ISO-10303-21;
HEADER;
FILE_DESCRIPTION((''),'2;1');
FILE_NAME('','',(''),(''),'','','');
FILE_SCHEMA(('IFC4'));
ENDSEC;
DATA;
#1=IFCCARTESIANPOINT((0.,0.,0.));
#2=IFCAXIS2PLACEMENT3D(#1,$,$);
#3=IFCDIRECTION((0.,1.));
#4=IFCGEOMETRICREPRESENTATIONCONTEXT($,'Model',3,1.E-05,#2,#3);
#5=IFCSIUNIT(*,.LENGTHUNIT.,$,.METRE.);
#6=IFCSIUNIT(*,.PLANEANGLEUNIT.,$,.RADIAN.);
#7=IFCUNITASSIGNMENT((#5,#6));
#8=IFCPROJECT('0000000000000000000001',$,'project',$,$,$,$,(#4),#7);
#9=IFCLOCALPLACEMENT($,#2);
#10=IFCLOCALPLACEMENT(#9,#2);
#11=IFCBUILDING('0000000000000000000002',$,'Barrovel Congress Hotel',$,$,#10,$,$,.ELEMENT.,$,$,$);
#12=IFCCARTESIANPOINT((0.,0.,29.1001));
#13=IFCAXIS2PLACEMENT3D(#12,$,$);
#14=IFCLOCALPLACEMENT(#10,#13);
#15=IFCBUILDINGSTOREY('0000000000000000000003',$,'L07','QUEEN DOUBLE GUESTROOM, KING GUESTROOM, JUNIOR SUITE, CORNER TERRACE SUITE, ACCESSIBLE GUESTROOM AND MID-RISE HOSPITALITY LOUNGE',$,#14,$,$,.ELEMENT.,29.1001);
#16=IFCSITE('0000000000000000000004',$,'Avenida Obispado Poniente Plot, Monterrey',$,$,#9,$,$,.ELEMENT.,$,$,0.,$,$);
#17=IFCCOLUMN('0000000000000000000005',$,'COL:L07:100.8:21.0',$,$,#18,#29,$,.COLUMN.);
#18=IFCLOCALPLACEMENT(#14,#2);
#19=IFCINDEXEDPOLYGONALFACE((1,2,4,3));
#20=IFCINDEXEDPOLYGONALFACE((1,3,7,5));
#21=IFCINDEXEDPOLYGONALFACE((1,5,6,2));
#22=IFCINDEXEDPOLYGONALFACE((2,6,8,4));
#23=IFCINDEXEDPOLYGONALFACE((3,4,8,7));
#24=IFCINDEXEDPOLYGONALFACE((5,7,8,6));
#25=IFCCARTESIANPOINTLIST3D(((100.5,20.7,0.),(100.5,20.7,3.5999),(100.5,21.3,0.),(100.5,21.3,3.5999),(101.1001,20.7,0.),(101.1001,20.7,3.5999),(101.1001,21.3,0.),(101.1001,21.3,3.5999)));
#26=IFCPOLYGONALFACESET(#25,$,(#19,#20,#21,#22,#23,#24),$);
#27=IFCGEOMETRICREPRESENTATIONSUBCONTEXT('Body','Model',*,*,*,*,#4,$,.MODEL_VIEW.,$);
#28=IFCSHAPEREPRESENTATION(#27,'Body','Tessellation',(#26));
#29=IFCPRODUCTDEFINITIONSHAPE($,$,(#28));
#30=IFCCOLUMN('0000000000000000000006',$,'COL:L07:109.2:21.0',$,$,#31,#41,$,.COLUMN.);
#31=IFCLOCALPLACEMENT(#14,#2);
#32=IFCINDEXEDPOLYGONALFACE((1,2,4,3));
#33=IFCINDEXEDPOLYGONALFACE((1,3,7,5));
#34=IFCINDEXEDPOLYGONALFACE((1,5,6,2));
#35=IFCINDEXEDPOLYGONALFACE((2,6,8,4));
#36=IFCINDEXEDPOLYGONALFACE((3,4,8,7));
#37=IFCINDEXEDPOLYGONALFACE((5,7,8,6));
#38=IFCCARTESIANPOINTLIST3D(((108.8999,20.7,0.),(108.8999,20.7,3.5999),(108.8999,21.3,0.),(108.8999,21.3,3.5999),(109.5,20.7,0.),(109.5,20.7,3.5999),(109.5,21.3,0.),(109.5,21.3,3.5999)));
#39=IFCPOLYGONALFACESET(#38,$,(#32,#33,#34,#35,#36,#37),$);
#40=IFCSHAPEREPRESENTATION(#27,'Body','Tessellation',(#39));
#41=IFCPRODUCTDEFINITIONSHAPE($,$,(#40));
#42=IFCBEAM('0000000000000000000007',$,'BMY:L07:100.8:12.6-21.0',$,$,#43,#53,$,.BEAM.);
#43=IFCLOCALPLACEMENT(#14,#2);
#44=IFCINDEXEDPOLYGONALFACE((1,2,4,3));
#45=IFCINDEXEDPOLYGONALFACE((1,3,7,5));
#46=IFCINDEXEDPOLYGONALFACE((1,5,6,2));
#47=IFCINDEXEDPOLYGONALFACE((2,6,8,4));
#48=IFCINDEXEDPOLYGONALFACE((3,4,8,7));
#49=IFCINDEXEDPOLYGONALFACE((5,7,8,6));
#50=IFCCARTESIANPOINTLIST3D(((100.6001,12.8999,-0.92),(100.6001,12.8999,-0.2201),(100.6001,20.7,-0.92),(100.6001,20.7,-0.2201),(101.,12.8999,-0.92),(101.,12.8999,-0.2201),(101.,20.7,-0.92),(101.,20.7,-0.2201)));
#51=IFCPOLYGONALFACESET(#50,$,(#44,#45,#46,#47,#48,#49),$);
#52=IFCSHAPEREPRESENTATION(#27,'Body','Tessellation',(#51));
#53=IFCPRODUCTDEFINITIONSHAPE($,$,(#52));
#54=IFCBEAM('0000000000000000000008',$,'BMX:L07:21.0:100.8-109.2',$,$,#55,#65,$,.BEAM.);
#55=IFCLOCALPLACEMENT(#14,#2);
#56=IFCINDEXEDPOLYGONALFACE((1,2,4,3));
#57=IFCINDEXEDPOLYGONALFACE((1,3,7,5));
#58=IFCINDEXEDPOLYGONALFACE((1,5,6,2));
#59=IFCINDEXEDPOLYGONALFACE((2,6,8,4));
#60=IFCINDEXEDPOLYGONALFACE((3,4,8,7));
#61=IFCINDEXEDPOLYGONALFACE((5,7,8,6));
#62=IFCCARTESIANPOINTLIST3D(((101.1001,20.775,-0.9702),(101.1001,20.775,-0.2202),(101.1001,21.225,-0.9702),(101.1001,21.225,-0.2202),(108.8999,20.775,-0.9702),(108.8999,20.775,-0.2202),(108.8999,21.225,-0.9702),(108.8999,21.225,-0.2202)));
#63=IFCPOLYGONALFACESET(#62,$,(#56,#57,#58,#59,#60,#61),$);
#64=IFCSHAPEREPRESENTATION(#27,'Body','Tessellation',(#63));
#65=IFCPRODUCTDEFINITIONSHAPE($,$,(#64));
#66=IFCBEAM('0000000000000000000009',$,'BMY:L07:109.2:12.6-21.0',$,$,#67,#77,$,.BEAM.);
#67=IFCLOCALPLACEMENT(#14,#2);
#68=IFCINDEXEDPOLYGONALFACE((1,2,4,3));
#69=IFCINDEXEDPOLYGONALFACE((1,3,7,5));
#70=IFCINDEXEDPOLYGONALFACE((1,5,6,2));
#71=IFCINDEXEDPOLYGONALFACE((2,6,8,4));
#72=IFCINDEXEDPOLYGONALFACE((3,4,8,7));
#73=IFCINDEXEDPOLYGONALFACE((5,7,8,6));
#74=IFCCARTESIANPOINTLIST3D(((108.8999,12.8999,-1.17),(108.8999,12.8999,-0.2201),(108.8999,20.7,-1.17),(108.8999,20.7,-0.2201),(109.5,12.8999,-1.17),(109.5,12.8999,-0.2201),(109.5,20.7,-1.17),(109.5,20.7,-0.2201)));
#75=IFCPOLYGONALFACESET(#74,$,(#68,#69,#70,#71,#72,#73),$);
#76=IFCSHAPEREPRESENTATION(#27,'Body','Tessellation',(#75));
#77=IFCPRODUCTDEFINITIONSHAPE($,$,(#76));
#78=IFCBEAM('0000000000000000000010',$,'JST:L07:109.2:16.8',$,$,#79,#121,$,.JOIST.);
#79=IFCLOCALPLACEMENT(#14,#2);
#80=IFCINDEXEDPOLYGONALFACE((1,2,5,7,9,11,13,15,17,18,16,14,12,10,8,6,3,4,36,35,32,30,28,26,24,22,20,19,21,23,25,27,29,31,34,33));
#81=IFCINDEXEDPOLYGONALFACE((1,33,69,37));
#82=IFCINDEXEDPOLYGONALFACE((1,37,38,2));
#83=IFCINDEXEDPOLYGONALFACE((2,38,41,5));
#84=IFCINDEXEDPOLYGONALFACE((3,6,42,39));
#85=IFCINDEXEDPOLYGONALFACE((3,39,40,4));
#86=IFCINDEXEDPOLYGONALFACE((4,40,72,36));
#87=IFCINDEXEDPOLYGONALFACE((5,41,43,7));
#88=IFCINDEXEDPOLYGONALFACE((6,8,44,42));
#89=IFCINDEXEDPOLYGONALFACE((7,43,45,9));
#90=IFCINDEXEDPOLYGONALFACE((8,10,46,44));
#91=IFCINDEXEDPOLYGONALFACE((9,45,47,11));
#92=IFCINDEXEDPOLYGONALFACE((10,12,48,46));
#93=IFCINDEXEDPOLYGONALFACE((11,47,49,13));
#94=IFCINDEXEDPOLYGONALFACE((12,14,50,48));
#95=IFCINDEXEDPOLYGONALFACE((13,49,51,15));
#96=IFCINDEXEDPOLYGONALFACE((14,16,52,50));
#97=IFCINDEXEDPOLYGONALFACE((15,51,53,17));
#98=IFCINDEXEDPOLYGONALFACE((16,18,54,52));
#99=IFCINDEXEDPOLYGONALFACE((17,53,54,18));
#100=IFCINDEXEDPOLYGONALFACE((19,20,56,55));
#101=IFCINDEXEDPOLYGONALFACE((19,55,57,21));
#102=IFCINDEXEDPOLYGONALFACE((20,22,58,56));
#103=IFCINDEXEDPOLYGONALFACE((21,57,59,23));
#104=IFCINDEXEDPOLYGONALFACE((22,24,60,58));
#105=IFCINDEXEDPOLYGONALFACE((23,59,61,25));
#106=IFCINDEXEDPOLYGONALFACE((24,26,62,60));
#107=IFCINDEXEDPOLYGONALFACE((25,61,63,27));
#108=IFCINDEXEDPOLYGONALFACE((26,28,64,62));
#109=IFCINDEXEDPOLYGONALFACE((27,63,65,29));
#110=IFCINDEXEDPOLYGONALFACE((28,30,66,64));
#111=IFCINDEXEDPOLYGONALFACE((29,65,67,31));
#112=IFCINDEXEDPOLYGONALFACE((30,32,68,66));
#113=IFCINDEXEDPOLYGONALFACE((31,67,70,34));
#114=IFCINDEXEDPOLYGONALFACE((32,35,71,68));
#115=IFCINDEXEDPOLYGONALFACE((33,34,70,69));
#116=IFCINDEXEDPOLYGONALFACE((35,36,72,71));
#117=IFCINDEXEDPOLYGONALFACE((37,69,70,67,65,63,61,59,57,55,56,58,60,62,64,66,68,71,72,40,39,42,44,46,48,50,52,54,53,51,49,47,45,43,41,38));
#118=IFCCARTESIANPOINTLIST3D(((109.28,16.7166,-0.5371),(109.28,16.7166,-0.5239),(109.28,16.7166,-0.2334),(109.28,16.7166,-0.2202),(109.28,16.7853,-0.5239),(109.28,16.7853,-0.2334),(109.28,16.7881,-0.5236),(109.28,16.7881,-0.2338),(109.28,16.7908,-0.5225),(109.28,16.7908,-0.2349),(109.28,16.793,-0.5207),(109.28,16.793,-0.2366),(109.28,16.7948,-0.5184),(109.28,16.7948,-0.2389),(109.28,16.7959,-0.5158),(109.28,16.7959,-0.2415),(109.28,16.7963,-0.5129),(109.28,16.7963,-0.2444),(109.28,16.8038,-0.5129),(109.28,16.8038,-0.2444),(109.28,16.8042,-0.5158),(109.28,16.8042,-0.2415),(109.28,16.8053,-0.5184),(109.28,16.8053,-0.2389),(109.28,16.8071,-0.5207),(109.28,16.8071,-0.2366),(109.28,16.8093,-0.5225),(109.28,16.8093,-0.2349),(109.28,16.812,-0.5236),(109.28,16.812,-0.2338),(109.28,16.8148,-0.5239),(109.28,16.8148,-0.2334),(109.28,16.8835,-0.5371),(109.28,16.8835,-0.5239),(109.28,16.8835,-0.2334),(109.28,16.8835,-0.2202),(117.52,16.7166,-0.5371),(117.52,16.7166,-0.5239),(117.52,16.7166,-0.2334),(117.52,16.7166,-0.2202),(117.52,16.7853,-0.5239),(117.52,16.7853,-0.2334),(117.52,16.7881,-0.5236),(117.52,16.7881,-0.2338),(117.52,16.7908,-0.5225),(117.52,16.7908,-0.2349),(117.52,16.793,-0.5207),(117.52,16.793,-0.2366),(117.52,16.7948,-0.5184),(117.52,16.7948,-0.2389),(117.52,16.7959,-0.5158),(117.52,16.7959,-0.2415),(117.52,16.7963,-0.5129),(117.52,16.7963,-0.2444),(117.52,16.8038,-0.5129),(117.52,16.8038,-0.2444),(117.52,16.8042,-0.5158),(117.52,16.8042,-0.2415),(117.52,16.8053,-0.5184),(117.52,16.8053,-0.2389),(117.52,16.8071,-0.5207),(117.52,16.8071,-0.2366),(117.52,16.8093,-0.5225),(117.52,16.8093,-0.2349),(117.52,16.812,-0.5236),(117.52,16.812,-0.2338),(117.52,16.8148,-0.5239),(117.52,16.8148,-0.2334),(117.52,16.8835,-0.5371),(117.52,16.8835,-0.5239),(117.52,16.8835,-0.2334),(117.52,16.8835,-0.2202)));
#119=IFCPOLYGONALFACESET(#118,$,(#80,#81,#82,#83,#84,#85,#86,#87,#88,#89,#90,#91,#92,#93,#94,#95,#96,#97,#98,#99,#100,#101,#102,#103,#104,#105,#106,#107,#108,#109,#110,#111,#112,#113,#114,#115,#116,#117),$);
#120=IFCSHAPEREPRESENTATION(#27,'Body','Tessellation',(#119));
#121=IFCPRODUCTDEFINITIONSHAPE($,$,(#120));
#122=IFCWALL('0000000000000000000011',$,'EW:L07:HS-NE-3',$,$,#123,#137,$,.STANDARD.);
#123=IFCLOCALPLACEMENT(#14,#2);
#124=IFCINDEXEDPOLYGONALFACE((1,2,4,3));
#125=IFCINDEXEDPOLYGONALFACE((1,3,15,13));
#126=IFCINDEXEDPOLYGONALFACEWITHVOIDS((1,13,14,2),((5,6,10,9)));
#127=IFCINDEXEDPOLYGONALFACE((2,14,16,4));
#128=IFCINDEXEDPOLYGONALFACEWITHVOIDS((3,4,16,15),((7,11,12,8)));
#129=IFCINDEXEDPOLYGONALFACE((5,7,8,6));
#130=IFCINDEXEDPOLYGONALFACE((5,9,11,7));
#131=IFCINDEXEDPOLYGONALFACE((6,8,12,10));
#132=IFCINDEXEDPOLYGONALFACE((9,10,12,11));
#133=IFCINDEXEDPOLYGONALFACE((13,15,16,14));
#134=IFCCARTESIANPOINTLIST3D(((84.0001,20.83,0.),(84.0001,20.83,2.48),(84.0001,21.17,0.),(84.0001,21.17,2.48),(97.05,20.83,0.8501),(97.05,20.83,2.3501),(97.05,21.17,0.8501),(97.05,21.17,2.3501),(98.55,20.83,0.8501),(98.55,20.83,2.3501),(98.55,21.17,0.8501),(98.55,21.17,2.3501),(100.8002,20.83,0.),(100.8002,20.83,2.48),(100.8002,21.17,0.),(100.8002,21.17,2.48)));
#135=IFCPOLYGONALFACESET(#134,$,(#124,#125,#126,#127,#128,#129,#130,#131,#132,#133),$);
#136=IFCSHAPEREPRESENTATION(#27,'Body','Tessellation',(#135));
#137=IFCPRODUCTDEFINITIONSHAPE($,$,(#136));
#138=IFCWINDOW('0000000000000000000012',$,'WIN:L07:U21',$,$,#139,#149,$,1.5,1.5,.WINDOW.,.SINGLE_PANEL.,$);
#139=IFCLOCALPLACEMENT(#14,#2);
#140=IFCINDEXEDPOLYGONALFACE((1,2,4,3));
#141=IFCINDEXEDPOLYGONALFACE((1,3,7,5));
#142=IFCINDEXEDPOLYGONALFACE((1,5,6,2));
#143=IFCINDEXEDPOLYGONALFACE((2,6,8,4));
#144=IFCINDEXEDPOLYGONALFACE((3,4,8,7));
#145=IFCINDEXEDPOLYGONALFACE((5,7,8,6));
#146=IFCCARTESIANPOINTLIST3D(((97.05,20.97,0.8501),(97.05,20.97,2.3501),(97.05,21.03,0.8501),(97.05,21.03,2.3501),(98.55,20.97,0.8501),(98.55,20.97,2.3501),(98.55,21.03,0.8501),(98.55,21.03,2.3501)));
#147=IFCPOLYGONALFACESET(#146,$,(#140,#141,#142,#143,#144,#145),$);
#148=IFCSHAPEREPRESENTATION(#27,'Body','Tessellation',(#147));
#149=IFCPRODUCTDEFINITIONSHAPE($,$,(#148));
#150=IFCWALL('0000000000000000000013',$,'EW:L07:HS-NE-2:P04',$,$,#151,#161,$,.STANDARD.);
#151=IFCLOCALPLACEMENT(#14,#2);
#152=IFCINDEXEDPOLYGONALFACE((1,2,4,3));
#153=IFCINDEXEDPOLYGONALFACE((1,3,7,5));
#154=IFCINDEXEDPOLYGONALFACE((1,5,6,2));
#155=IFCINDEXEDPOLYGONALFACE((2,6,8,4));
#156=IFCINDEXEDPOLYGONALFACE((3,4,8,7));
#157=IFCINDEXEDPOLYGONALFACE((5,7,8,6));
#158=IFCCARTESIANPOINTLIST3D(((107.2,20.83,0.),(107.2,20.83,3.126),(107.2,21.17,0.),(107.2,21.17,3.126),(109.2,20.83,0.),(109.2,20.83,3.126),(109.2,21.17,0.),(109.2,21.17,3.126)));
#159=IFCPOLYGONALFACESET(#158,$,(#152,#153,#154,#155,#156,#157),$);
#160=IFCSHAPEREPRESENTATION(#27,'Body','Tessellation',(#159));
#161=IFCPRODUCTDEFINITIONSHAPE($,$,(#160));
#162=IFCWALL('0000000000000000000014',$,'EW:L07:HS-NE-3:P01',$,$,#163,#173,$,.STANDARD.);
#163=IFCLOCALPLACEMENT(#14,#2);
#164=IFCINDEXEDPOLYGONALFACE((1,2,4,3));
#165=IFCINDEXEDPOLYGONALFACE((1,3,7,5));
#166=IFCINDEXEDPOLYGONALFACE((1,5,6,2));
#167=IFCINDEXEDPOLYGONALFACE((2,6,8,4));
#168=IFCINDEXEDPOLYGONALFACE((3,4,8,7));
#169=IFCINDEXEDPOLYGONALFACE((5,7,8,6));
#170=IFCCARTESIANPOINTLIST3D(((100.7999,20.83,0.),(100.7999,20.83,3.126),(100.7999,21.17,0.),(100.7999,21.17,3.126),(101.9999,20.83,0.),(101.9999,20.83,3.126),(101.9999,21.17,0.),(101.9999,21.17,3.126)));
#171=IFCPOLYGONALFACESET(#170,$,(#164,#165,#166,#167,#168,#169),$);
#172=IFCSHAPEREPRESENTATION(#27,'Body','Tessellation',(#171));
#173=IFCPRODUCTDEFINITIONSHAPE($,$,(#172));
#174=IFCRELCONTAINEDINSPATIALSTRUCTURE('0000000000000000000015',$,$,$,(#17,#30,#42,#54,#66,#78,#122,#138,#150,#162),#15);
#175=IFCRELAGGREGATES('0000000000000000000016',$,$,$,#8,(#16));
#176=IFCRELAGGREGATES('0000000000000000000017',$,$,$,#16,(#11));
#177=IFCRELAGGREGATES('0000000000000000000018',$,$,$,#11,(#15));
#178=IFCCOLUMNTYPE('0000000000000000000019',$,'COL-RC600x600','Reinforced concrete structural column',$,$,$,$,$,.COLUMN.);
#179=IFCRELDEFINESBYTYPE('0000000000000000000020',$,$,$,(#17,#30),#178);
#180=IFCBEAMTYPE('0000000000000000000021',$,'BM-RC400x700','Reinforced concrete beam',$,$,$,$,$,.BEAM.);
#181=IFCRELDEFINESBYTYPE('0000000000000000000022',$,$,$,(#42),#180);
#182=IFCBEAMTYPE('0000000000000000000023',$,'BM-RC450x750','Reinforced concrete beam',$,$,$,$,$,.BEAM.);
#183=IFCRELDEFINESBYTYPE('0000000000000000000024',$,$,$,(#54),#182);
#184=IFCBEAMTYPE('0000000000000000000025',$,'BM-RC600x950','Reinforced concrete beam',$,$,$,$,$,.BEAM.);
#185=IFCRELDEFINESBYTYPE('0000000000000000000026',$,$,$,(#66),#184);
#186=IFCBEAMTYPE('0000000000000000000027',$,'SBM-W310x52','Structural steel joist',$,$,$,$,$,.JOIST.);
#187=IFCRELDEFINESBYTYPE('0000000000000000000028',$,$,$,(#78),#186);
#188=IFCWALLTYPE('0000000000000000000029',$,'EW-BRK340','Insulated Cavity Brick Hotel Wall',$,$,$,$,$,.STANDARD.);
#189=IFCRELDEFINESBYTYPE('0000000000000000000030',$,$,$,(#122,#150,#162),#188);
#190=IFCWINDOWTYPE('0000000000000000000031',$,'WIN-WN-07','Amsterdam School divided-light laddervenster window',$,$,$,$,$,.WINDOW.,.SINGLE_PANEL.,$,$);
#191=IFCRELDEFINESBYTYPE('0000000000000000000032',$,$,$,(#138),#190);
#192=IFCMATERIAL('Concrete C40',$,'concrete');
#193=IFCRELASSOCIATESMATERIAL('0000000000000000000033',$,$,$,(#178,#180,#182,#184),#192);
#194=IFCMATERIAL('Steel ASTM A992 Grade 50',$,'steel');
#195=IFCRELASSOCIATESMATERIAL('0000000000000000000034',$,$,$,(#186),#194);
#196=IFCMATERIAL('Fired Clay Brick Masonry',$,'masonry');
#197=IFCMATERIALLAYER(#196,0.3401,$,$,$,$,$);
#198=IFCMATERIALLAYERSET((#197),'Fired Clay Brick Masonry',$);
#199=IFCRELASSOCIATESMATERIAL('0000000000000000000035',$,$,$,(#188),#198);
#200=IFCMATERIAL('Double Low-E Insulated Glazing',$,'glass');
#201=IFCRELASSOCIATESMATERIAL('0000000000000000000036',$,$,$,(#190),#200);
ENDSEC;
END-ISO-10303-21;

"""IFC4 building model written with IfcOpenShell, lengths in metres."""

from ifc_helpers import new_model, si_unit, direction, frame, frame_2d, origin, origin_2d, place, context, subcontext, project, spatial, rectangle, i_section, extrude, material, layer, layer_set, material_profile, profile_set, type_object, element, fill, save


model = new_model("IFC4")

# Units and contexts
model_context = context("Model", 3, precision=1e-05, world=origin(), true_north=direction((0.0, 1.0)))
body_context = subcontext(model_context, "Body", "Model", "MODEL_VIEW")
ifc_project = project(units=[si_unit("LENGTHUNIT", "METRE"), si_unit("PLANEANGLEUNIT", "RADIAN")], contexts=[model_context])

# Site, building, storey
site_placement = place(None, origin())
site = spatial("IfcSite", under=ifc_project, at=site_placement, Name="Avenida Obispado Poniente Plot, Monterrey", CompositionType="ELEMENT", RefElevation=0.0)
building_placement = place(site_placement, origin())
building = spatial("IfcBuilding", under=site, at=building_placement, Name="Barrovel Congress Hotel", CompositionType="ELEMENT")
storey_placement = place(building_placement, frame((0.0, 0.0, 29.1001)))
storey = spatial("IfcBuildingStorey", under=building, at=storey_placement, Name="L07", Description="QUEEN DOUBLE GUESTROOM, KING GUESTROOM, JUNIOR SUITE, CORNER TERRACE SUITE, ACCESSIBLE GUESTROOM AND MID-RISE HOSPITALITY LOUNGE", CompositionType="ELEMENT", Elevation=29.1001)

# Columns
ifc_material_1 = material(Name="Concrete C40", Category="concrete")
ifc_material_profile_1 = material_profile(ifc_material_1, rectangle(XDim=0.6001, YDim=0.6001, at=origin_2d()), Name="RC600x600")
ifc_profile_set_1 = profile_set([ifc_material_profile_1], Name="Concrete C40")
column_type = type_object("IfcColumnType", Name="COL-RC600x600", Description="Reinforced concrete structural column", PredefinedType="COLUMN", material=ifc_profile_set_1)
for number, where, z_axis, x_axis, name in (
    (1, (100.8, 21.0, 0.0), (0.0, 0.0, 1.0), (1.0, 0.0, 0.0), "COL:L07:100.8:21.0"),
    (2, (109.2, 21.0, 0.0), (0.0, 0.0, 1.0), (1.0, 0.0, 0.0), "COL:L07:109.2:21.0"),
):
    element("IfcColumn", number, at=place(storey_placement, frame(where, z_axis=z_axis, x_axis=x_axis)), inside=storey, type_object=column_type, Name=name, PredefinedType="COLUMN", context=body_context, shape_type="SweptSolid", body=[
        extrude(rectangle(XDim=0.6001, YDim=0.6001, at=origin_2d()), origin(), (0.0, 0.0, 1.0), 3.5999),
    ])

# Beams
ifc_material_profile_2 = material_profile(ifc_material_1, rectangle(XDim=0.3999, YDim=0.7, at=origin_2d()), Name="RC400x700")
ifc_profile_set_2 = profile_set([ifc_material_profile_2], Name="Concrete C40")
beam_type_1 = type_object("IfcBeamType", Name="BM-RC400x700", Description="Reinforced concrete beam", PredefinedType="BEAM", material=ifc_profile_set_2)
beam_1_placement = place(storey_placement, frame((100.8, 12.8999, -0.5701), z_axis=(0.0, 1.0, 0.0), x_axis=(-1.0, 0.0, 0.0)))
element("IfcBeam", 3, at=beam_1_placement, inside=storey, type_object=beam_type_1, Name="BMY:L07:100.8:12.6-21.0", PredefinedType="BEAM", context=body_context, shape_type="SweptSolid", body=[
    extrude(rectangle(XDim=0.3999, YDim=0.7, at=origin_2d()), origin(), (0.0, 0.0, 1.0), 7.8),
])
ifc_material_profile_3 = material_profile(ifc_material_1, rectangle(XDim=0.45, YDim=0.75, at=origin_2d()), Name="RC450x750")
ifc_profile_set_3 = profile_set([ifc_material_profile_3], Name="Concrete C40")
beam_type_2 = type_object("IfcBeamType", Name="BM-RC450x750", Description="Reinforced concrete beam", PredefinedType="BEAM", material=ifc_profile_set_3)
beam_2_placement = place(storey_placement, frame((101.1001, 21.0, -0.5952), z_axis=(1.0, 0.0, 0.0), x_axis=(0.0, 1.0, 0.0)))
element("IfcBeam", 4, at=beam_2_placement, inside=storey, type_object=beam_type_2, Name="BMX:L07:21.0:100.8-109.2", PredefinedType="BEAM", context=body_context, shape_type="SweptSolid", body=[
    extrude(rectangle(XDim=0.45, YDim=0.75, at=origin_2d()), origin(), (0.0, 0.0, 1.0), 7.7998),
])
ifc_material_profile_4 = material_profile(ifc_material_1, rectangle(XDim=0.6001, YDim=0.95, at=origin_2d()), Name="RC600x950")
ifc_profile_set_4 = profile_set([ifc_material_profile_4], Name="Concrete C40")
beam_type_3 = type_object("IfcBeamType", Name="BM-RC600x950", Description="Reinforced concrete beam", PredefinedType="BEAM", material=ifc_profile_set_4)
beam_3_placement = place(storey_placement, frame((109.2, 12.8999, -0.6951), z_axis=(0.0, 1.0, 0.0), x_axis=(-1.0, 0.0, 0.0)))
element("IfcBeam", 5, at=beam_3_placement, inside=storey, type_object=beam_type_3, Name="BMY:L07:109.2:12.6-21.0", PredefinedType="BEAM", context=body_context, shape_type="SweptSolid", body=[
    extrude(rectangle(XDim=0.6001, YDim=0.95, at=origin_2d()), origin(), (0.0, 0.0, 1.0), 7.8),
])
ifc_material_2 = material(Name="Steel ASTM A992 Grade 50", Category="steel")
ifc_material_profile_5 = material_profile(ifc_material_2, i_section(OverallWidth=0.167, OverallDepth=0.3169, WebThickness=0.0076, FlangeThickness=0.0132, FilletRadius=0.011, at=origin_2d()), Name="W310x52")
ifc_profile_set_5 = profile_set([ifc_material_profile_5], Name="Steel ASTM A992 Grade 50")
beam_type_4 = type_object("IfcBeamType", Name="SBM-W310x52", Description="Structural steel joist", PredefinedType="JOIST", material=ifc_profile_set_5)
beam_4_placement = place(storey_placement, frame((109.28, 16.8, -0.3787), z_axis=(1.0, 0.0, 0.0), x_axis=(0.0, 1.0, 0.0)))
element("IfcBeam", 6, at=beam_4_placement, inside=storey, type_object=beam_type_4, Name="JST:L07:109.2:16.8", PredefinedType="JOIST", context=body_context, shape_type="SweptSolid", body=[
    extrude(i_section(OverallWidth=0.167, OverallDepth=0.3169, WebThickness=0.0076, FlangeThickness=0.0132, FilletRadius=0.011, at=origin_2d()), origin(), (0.0, 0.0, 1.0), 8.24),
])

# Wall, opening, window
ifc_material_3 = material(Name="Fired Clay Brick Masonry", Category="masonry")
ifc_layer_1 = layer(ifc_material_3, 0.3401)
ifc_layer_set_1 = layer_set([ifc_layer_1], Name="Fired Clay Brick Masonry")
wall_type_1 = type_object("IfcWallType", Name="EW-BRK340", Description="Insulated Cavity Brick Hotel Wall", PredefinedType="STANDARD", material=ifc_layer_set_1)
wall_1_placement = place(storey_placement, frame((100.8, 21.0, 0.0), z_axis=(0.0, 0.0, 1.0), x_axis=(-1.0, 0.0, 0.0)))
wall_1 = element("IfcWall", 7, at=wall_1_placement, inside=storey, type_object=wall_type_1, Name="EW:L07:HS-NE-3", PredefinedType="STANDARD", context=body_context, shape_type="SweptSolid", body=[
    extrude(rectangle(XDim=16.8, YDim=0.3401, at=frame_2d((8.3999, 0.0))), origin(), (0.0, 0.0, 1.0), 2.48),
])
opening_1_placement = place(wall_1_placement, frame((2.25, 0.0, 0.8501)))
opening_1 = element("IfcOpeningElement", 8, at=opening_1_placement, cuts=wall_1, PredefinedType="OPENING", context=body_context, shape_type="SweptSolid", body=[
    extrude(rectangle(XDim=1.5, YDim=1.5, at=frame_2d((0.75, 0.75))), frame((0.0, 0.1802, 0.0), z_axis=(0.0, -1.0, 0.0), x_axis=(1.0, 0.0, 0.0)), (0.0, 0.0, 1.0), 0.3601),
])
ifc_material_4 = material(Name="Double Low-E Insulated Glazing", Category="glass")
window_type = type_object("IfcWindowType", Name="WIN-WN-07", Description="Amsterdam School divided-light laddervenster window", PartitioningType="SINGLE_PANEL", PredefinedType="WINDOW", material=ifc_material_4)
window_placement = place(opening_1_placement, origin())
window = element("IfcWindow", 9, at=window_placement, inside=storey, type_object=window_type, Name="WIN:L07:U21", OverallHeight=1.5, OverallWidth=1.5, PartitioningType="SINGLE_PANEL", PredefinedType="WINDOW", context=body_context, shape_type="SweptSolid", body=[
    extrude(rectangle(XDim=1.5, YDim=1.5, at=frame_2d((0.75, 0.75))), frame((0.0, 0.03, 0.0), z_axis=(0.0, -1.0, 0.0), x_axis=(1.0, 0.0, 0.0)), (0.0, 0.0, 1.0), 0.0601),
])
fill(opening_1, window)

# Walls
wall_2_placement = place(storey_placement, frame((109.2, 21.0, 0.0), z_axis=(0.0, 0.0, 1.0), x_axis=(-1.0, 0.0, 0.0)))
element("IfcWall", 10, at=wall_2_placement, inside=storey, type_object=wall_type_1, Name="EW:L07:HS-NE-2:P04", PredefinedType="STANDARD", context=body_context, shape_type="SweptSolid", body=[
    extrude(rectangle(XDim=2.0, YDim=0.3401, at=frame_2d((1.0, 0.0))), origin(), (0.0, 0.0, 1.0), 3.126),
])
wall_3_placement = place(storey_placement, frame((102.0, 21.0, 0.0), z_axis=(0.0, 0.0, 1.0), x_axis=(-1.0, 0.0, 0.0)))
element("IfcWall", 11, at=wall_3_placement, inside=storey, type_object=wall_type_1, Name="EW:L07:HS-NE-3:P01", PredefinedType="STANDARD", context=body_context, shape_type="SweptSolid", body=[
    extrude(rectangle(XDim=1.2, YDim=0.3401, at=frame_2d((0.6001, 0.0))), origin(), (0.0, 0.0, 1.0), 3.126),
])

save(model, "model.ifc")
